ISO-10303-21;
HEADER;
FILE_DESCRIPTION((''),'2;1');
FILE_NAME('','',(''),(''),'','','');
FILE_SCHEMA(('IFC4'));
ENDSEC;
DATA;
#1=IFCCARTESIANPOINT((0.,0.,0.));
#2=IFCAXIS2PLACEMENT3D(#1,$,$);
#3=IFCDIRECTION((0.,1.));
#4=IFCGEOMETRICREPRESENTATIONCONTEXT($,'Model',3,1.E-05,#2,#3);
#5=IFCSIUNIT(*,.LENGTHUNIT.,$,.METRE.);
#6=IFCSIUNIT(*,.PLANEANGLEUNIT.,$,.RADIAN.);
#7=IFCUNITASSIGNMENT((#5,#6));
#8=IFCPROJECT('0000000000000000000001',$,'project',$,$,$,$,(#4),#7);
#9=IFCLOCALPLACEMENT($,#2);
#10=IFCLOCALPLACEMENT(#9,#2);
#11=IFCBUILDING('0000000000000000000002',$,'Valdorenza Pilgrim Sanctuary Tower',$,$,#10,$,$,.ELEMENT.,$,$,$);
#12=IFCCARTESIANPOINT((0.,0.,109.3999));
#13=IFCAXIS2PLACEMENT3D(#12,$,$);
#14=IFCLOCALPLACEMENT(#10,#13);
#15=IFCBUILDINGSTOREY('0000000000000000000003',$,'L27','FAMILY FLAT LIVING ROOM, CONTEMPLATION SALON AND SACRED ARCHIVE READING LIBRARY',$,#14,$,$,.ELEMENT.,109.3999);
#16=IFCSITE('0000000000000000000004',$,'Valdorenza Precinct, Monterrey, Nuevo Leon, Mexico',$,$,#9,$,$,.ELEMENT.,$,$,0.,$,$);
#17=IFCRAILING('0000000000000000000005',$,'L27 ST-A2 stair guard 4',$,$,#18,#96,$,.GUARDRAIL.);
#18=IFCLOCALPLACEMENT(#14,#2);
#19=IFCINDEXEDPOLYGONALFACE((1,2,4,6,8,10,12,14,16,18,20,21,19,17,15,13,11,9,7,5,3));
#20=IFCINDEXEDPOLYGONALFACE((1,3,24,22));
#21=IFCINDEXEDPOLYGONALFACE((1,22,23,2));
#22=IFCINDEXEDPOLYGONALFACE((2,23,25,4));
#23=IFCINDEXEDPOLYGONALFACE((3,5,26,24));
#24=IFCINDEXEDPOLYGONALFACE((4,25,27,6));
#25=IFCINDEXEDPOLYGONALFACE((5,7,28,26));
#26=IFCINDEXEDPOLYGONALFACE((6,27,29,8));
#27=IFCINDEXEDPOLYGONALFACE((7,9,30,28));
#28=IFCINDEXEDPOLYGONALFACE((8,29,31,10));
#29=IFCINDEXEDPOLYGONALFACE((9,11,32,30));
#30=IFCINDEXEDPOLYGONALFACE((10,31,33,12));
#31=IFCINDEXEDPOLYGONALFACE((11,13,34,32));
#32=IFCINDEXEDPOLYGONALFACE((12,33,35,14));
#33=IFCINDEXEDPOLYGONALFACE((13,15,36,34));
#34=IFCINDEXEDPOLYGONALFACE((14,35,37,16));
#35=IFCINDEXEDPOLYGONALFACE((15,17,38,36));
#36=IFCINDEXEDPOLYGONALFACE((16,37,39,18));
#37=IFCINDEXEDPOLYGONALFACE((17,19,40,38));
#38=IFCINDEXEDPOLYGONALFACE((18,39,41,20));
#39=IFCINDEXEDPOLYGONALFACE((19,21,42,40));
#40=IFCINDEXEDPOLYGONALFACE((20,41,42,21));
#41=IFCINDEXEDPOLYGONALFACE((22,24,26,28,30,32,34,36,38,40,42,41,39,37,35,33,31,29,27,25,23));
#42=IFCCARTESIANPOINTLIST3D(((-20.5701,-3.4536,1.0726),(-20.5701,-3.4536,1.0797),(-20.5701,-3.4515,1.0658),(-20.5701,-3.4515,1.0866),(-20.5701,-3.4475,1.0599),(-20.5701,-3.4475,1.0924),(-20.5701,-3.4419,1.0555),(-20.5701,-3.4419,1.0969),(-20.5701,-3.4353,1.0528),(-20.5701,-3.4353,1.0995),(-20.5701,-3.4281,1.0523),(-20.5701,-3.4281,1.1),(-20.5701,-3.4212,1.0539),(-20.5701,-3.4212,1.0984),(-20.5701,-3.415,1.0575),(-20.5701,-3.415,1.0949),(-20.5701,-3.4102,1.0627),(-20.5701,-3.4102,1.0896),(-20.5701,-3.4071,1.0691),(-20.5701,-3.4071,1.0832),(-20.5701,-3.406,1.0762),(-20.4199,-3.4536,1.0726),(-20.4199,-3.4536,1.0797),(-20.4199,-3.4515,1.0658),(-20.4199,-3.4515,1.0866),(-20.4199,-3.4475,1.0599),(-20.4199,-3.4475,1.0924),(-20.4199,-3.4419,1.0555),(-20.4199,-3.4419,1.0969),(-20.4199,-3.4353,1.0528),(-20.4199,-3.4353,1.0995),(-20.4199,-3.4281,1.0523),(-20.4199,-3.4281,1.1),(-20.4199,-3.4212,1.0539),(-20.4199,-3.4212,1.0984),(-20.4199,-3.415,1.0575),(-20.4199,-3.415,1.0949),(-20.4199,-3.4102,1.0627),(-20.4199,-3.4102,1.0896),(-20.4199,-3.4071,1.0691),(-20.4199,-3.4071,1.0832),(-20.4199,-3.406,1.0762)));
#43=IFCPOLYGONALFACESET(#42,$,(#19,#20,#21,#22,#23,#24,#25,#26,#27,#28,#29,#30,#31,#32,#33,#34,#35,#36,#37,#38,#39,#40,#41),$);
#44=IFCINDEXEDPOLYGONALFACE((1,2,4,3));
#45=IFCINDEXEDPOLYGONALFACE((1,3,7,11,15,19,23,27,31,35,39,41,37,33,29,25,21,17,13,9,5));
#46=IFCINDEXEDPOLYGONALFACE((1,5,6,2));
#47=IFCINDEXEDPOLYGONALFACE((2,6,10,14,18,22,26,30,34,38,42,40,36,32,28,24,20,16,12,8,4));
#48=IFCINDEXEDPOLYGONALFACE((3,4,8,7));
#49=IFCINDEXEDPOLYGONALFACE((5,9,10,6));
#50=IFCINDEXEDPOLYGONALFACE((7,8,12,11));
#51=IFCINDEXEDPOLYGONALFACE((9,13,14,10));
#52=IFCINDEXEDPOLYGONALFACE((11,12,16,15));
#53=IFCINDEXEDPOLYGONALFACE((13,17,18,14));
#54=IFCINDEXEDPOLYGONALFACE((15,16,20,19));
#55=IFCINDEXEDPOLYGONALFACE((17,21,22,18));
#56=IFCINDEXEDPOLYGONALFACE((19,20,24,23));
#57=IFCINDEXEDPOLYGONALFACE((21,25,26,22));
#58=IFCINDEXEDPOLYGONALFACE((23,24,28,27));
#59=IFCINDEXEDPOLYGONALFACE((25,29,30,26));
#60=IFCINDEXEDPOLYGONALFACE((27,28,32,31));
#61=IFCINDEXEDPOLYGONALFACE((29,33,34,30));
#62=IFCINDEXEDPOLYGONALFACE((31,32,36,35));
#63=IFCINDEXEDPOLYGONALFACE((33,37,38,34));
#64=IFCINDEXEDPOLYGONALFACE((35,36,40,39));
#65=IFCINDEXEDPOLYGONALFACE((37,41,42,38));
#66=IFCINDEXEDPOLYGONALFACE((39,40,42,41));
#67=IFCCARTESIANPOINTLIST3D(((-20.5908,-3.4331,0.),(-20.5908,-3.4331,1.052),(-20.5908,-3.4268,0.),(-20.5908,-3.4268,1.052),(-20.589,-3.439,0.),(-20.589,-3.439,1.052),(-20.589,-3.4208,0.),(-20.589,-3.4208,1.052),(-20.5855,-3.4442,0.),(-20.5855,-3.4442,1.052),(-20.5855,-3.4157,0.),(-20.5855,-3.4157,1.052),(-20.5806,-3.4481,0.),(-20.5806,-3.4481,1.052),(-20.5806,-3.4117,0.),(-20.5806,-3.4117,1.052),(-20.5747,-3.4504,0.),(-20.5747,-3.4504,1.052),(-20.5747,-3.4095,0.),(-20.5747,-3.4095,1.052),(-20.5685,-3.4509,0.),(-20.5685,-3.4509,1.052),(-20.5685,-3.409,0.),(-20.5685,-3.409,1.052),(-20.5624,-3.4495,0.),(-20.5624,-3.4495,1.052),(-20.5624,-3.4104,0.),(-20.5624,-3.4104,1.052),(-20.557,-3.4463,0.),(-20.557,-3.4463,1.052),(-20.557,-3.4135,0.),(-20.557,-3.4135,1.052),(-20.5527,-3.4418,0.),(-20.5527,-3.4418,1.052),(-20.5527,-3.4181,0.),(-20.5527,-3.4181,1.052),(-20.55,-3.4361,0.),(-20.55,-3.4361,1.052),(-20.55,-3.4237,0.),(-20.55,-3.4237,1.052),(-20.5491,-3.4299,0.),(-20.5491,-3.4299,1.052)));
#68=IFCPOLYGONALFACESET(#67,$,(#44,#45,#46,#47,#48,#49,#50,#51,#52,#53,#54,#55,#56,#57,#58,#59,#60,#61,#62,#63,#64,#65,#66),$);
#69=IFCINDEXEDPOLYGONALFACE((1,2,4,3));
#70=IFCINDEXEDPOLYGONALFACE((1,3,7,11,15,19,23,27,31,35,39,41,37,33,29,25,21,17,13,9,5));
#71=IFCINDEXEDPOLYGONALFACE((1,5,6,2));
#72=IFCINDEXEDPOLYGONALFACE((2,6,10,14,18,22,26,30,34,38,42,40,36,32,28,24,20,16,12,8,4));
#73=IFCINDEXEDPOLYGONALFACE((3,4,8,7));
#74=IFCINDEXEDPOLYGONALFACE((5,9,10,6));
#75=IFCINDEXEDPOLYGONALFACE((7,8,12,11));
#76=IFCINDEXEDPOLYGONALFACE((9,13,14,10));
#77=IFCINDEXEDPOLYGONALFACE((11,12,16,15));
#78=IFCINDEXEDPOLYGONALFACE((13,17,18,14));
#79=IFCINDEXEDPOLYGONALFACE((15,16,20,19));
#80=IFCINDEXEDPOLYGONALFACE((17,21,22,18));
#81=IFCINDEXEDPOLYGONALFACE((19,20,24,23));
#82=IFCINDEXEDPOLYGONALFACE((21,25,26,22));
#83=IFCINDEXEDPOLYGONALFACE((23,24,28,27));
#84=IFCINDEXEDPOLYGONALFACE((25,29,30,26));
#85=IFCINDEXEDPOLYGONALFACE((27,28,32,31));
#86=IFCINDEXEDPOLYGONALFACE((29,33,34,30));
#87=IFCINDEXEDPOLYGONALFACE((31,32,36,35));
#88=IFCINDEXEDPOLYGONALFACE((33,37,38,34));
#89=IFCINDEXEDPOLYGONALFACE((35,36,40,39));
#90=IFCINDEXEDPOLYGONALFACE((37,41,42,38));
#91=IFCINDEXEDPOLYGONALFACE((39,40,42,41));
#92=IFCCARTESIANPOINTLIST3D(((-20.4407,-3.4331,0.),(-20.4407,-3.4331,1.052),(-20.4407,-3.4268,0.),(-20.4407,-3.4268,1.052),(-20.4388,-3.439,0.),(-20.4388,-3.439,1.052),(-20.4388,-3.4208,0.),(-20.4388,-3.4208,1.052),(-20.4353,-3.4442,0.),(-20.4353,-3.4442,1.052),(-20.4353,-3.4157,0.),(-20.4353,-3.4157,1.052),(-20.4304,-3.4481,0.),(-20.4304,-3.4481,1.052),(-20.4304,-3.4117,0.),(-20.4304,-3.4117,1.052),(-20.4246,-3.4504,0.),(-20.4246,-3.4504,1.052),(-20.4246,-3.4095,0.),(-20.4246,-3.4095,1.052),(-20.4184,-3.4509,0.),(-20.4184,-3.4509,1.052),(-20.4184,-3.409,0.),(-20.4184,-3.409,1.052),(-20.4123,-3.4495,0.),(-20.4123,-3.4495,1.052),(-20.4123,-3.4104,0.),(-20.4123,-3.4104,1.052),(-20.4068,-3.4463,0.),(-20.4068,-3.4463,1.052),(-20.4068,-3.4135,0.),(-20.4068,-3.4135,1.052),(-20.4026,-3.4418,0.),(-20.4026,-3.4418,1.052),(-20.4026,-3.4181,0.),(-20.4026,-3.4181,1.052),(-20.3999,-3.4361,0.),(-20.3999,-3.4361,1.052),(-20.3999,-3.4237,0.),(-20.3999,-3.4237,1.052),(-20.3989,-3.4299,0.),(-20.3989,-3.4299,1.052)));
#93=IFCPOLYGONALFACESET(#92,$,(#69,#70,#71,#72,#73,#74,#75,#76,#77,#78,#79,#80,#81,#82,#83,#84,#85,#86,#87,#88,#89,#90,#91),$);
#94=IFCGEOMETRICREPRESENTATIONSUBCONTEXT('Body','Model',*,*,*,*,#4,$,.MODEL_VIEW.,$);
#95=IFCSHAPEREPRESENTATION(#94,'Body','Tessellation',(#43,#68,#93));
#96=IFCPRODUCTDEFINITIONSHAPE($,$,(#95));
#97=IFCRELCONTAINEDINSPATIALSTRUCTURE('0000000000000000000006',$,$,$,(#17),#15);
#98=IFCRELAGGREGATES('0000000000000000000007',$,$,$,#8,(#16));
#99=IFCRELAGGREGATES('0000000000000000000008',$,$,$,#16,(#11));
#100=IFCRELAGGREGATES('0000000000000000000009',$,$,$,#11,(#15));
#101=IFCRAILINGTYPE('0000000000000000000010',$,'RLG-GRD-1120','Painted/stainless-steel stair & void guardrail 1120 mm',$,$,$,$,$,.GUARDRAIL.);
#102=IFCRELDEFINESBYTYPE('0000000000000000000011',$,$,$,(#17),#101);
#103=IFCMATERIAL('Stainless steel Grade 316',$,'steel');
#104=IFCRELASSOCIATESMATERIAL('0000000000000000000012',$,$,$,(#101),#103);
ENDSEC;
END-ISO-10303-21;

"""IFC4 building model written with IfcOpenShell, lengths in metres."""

from ifc_helpers import new_model, si_unit, direction, frame, origin, origin_2d, place, context, subcontext, project, spatial, circle, extrude, material, type_object, element, save


model = new_model("IFC4")

# Units and contexts
model_context = context("Model", 3, precision=1e-05, world=origin(), true_north=direction((0.0, 1.0)))
body_context = subcontext(model_context, "Body", "Model", "MODEL_VIEW")
ifc_project = project(units=[si_unit("LENGTHUNIT", "METRE"), si_unit("PLANEANGLEUNIT", "RADIAN")], contexts=[model_context])

# Site, building, storey
site_placement = place(None, origin())
site = spatial("IfcSite", under=ifc_project, at=site_placement, Name="Valdorenza Precinct, Monterrey, Nuevo Leon, Mexico", CompositionType="ELEMENT", RefElevation=0.0)
building_placement = place(site_placement, origin())
building = spatial("IfcBuilding", under=site, at=building_placement, Name="Valdorenza Pilgrim Sanctuary Tower", CompositionType="ELEMENT")
storey_placement = place(building_placement, frame((0.0, 0.0, 109.3999)))
storey = spatial("IfcBuildingStorey", under=building, at=storey_placement, Name="L27", Description="FAMILY FLAT LIVING ROOM, CONTEMPLATION SALON AND SACRED ARCHIVE READING LIBRARY", CompositionType="ELEMENT", Elevation=109.3999)

# Railing
ifc_material_1 = material(Name="Stainless steel Grade 316", Category="steel")
railing_type_1 = type_object("IfcRailingType", Name="RLG-GRD-1120", Description="Painted/stainless-steel stair & void guardrail 1120 mm", PredefinedType="GUARDRAIL", material=ifc_material_1)
railing_1_placement = place(storey_placement, frame((-20.5701, -3.4299, 0.0)))
element("IfcRailing", 1, at=railing_1_placement, inside=storey, type_object=railing_type_1, Name="L27 ST-A2 stair guard 4", PredefinedType="GUARDRAIL", context=body_context, shape_type="SweptSolid", body=[
    extrude(circle(Radius=0.0239, at=origin_2d()), frame((0.0, 0.0, 1.0762), z_axis=(1.0, 0.0, 0.0), x_axis=(0.0, 1.0, 0.0)), (0.0, 0.0, 1.0), 0.1501),
    extrude(circle(Radius=0.021, at=origin_2d()), origin(), (0.0, 0.0, 1.0), 1.052),
    extrude(circle(Radius=0.021, at=origin_2d()), frame((0.1501, 0.0, 0.0)), (0.0, 0.0, 1.0), 1.052),
])

save(model, "model.ifc")
